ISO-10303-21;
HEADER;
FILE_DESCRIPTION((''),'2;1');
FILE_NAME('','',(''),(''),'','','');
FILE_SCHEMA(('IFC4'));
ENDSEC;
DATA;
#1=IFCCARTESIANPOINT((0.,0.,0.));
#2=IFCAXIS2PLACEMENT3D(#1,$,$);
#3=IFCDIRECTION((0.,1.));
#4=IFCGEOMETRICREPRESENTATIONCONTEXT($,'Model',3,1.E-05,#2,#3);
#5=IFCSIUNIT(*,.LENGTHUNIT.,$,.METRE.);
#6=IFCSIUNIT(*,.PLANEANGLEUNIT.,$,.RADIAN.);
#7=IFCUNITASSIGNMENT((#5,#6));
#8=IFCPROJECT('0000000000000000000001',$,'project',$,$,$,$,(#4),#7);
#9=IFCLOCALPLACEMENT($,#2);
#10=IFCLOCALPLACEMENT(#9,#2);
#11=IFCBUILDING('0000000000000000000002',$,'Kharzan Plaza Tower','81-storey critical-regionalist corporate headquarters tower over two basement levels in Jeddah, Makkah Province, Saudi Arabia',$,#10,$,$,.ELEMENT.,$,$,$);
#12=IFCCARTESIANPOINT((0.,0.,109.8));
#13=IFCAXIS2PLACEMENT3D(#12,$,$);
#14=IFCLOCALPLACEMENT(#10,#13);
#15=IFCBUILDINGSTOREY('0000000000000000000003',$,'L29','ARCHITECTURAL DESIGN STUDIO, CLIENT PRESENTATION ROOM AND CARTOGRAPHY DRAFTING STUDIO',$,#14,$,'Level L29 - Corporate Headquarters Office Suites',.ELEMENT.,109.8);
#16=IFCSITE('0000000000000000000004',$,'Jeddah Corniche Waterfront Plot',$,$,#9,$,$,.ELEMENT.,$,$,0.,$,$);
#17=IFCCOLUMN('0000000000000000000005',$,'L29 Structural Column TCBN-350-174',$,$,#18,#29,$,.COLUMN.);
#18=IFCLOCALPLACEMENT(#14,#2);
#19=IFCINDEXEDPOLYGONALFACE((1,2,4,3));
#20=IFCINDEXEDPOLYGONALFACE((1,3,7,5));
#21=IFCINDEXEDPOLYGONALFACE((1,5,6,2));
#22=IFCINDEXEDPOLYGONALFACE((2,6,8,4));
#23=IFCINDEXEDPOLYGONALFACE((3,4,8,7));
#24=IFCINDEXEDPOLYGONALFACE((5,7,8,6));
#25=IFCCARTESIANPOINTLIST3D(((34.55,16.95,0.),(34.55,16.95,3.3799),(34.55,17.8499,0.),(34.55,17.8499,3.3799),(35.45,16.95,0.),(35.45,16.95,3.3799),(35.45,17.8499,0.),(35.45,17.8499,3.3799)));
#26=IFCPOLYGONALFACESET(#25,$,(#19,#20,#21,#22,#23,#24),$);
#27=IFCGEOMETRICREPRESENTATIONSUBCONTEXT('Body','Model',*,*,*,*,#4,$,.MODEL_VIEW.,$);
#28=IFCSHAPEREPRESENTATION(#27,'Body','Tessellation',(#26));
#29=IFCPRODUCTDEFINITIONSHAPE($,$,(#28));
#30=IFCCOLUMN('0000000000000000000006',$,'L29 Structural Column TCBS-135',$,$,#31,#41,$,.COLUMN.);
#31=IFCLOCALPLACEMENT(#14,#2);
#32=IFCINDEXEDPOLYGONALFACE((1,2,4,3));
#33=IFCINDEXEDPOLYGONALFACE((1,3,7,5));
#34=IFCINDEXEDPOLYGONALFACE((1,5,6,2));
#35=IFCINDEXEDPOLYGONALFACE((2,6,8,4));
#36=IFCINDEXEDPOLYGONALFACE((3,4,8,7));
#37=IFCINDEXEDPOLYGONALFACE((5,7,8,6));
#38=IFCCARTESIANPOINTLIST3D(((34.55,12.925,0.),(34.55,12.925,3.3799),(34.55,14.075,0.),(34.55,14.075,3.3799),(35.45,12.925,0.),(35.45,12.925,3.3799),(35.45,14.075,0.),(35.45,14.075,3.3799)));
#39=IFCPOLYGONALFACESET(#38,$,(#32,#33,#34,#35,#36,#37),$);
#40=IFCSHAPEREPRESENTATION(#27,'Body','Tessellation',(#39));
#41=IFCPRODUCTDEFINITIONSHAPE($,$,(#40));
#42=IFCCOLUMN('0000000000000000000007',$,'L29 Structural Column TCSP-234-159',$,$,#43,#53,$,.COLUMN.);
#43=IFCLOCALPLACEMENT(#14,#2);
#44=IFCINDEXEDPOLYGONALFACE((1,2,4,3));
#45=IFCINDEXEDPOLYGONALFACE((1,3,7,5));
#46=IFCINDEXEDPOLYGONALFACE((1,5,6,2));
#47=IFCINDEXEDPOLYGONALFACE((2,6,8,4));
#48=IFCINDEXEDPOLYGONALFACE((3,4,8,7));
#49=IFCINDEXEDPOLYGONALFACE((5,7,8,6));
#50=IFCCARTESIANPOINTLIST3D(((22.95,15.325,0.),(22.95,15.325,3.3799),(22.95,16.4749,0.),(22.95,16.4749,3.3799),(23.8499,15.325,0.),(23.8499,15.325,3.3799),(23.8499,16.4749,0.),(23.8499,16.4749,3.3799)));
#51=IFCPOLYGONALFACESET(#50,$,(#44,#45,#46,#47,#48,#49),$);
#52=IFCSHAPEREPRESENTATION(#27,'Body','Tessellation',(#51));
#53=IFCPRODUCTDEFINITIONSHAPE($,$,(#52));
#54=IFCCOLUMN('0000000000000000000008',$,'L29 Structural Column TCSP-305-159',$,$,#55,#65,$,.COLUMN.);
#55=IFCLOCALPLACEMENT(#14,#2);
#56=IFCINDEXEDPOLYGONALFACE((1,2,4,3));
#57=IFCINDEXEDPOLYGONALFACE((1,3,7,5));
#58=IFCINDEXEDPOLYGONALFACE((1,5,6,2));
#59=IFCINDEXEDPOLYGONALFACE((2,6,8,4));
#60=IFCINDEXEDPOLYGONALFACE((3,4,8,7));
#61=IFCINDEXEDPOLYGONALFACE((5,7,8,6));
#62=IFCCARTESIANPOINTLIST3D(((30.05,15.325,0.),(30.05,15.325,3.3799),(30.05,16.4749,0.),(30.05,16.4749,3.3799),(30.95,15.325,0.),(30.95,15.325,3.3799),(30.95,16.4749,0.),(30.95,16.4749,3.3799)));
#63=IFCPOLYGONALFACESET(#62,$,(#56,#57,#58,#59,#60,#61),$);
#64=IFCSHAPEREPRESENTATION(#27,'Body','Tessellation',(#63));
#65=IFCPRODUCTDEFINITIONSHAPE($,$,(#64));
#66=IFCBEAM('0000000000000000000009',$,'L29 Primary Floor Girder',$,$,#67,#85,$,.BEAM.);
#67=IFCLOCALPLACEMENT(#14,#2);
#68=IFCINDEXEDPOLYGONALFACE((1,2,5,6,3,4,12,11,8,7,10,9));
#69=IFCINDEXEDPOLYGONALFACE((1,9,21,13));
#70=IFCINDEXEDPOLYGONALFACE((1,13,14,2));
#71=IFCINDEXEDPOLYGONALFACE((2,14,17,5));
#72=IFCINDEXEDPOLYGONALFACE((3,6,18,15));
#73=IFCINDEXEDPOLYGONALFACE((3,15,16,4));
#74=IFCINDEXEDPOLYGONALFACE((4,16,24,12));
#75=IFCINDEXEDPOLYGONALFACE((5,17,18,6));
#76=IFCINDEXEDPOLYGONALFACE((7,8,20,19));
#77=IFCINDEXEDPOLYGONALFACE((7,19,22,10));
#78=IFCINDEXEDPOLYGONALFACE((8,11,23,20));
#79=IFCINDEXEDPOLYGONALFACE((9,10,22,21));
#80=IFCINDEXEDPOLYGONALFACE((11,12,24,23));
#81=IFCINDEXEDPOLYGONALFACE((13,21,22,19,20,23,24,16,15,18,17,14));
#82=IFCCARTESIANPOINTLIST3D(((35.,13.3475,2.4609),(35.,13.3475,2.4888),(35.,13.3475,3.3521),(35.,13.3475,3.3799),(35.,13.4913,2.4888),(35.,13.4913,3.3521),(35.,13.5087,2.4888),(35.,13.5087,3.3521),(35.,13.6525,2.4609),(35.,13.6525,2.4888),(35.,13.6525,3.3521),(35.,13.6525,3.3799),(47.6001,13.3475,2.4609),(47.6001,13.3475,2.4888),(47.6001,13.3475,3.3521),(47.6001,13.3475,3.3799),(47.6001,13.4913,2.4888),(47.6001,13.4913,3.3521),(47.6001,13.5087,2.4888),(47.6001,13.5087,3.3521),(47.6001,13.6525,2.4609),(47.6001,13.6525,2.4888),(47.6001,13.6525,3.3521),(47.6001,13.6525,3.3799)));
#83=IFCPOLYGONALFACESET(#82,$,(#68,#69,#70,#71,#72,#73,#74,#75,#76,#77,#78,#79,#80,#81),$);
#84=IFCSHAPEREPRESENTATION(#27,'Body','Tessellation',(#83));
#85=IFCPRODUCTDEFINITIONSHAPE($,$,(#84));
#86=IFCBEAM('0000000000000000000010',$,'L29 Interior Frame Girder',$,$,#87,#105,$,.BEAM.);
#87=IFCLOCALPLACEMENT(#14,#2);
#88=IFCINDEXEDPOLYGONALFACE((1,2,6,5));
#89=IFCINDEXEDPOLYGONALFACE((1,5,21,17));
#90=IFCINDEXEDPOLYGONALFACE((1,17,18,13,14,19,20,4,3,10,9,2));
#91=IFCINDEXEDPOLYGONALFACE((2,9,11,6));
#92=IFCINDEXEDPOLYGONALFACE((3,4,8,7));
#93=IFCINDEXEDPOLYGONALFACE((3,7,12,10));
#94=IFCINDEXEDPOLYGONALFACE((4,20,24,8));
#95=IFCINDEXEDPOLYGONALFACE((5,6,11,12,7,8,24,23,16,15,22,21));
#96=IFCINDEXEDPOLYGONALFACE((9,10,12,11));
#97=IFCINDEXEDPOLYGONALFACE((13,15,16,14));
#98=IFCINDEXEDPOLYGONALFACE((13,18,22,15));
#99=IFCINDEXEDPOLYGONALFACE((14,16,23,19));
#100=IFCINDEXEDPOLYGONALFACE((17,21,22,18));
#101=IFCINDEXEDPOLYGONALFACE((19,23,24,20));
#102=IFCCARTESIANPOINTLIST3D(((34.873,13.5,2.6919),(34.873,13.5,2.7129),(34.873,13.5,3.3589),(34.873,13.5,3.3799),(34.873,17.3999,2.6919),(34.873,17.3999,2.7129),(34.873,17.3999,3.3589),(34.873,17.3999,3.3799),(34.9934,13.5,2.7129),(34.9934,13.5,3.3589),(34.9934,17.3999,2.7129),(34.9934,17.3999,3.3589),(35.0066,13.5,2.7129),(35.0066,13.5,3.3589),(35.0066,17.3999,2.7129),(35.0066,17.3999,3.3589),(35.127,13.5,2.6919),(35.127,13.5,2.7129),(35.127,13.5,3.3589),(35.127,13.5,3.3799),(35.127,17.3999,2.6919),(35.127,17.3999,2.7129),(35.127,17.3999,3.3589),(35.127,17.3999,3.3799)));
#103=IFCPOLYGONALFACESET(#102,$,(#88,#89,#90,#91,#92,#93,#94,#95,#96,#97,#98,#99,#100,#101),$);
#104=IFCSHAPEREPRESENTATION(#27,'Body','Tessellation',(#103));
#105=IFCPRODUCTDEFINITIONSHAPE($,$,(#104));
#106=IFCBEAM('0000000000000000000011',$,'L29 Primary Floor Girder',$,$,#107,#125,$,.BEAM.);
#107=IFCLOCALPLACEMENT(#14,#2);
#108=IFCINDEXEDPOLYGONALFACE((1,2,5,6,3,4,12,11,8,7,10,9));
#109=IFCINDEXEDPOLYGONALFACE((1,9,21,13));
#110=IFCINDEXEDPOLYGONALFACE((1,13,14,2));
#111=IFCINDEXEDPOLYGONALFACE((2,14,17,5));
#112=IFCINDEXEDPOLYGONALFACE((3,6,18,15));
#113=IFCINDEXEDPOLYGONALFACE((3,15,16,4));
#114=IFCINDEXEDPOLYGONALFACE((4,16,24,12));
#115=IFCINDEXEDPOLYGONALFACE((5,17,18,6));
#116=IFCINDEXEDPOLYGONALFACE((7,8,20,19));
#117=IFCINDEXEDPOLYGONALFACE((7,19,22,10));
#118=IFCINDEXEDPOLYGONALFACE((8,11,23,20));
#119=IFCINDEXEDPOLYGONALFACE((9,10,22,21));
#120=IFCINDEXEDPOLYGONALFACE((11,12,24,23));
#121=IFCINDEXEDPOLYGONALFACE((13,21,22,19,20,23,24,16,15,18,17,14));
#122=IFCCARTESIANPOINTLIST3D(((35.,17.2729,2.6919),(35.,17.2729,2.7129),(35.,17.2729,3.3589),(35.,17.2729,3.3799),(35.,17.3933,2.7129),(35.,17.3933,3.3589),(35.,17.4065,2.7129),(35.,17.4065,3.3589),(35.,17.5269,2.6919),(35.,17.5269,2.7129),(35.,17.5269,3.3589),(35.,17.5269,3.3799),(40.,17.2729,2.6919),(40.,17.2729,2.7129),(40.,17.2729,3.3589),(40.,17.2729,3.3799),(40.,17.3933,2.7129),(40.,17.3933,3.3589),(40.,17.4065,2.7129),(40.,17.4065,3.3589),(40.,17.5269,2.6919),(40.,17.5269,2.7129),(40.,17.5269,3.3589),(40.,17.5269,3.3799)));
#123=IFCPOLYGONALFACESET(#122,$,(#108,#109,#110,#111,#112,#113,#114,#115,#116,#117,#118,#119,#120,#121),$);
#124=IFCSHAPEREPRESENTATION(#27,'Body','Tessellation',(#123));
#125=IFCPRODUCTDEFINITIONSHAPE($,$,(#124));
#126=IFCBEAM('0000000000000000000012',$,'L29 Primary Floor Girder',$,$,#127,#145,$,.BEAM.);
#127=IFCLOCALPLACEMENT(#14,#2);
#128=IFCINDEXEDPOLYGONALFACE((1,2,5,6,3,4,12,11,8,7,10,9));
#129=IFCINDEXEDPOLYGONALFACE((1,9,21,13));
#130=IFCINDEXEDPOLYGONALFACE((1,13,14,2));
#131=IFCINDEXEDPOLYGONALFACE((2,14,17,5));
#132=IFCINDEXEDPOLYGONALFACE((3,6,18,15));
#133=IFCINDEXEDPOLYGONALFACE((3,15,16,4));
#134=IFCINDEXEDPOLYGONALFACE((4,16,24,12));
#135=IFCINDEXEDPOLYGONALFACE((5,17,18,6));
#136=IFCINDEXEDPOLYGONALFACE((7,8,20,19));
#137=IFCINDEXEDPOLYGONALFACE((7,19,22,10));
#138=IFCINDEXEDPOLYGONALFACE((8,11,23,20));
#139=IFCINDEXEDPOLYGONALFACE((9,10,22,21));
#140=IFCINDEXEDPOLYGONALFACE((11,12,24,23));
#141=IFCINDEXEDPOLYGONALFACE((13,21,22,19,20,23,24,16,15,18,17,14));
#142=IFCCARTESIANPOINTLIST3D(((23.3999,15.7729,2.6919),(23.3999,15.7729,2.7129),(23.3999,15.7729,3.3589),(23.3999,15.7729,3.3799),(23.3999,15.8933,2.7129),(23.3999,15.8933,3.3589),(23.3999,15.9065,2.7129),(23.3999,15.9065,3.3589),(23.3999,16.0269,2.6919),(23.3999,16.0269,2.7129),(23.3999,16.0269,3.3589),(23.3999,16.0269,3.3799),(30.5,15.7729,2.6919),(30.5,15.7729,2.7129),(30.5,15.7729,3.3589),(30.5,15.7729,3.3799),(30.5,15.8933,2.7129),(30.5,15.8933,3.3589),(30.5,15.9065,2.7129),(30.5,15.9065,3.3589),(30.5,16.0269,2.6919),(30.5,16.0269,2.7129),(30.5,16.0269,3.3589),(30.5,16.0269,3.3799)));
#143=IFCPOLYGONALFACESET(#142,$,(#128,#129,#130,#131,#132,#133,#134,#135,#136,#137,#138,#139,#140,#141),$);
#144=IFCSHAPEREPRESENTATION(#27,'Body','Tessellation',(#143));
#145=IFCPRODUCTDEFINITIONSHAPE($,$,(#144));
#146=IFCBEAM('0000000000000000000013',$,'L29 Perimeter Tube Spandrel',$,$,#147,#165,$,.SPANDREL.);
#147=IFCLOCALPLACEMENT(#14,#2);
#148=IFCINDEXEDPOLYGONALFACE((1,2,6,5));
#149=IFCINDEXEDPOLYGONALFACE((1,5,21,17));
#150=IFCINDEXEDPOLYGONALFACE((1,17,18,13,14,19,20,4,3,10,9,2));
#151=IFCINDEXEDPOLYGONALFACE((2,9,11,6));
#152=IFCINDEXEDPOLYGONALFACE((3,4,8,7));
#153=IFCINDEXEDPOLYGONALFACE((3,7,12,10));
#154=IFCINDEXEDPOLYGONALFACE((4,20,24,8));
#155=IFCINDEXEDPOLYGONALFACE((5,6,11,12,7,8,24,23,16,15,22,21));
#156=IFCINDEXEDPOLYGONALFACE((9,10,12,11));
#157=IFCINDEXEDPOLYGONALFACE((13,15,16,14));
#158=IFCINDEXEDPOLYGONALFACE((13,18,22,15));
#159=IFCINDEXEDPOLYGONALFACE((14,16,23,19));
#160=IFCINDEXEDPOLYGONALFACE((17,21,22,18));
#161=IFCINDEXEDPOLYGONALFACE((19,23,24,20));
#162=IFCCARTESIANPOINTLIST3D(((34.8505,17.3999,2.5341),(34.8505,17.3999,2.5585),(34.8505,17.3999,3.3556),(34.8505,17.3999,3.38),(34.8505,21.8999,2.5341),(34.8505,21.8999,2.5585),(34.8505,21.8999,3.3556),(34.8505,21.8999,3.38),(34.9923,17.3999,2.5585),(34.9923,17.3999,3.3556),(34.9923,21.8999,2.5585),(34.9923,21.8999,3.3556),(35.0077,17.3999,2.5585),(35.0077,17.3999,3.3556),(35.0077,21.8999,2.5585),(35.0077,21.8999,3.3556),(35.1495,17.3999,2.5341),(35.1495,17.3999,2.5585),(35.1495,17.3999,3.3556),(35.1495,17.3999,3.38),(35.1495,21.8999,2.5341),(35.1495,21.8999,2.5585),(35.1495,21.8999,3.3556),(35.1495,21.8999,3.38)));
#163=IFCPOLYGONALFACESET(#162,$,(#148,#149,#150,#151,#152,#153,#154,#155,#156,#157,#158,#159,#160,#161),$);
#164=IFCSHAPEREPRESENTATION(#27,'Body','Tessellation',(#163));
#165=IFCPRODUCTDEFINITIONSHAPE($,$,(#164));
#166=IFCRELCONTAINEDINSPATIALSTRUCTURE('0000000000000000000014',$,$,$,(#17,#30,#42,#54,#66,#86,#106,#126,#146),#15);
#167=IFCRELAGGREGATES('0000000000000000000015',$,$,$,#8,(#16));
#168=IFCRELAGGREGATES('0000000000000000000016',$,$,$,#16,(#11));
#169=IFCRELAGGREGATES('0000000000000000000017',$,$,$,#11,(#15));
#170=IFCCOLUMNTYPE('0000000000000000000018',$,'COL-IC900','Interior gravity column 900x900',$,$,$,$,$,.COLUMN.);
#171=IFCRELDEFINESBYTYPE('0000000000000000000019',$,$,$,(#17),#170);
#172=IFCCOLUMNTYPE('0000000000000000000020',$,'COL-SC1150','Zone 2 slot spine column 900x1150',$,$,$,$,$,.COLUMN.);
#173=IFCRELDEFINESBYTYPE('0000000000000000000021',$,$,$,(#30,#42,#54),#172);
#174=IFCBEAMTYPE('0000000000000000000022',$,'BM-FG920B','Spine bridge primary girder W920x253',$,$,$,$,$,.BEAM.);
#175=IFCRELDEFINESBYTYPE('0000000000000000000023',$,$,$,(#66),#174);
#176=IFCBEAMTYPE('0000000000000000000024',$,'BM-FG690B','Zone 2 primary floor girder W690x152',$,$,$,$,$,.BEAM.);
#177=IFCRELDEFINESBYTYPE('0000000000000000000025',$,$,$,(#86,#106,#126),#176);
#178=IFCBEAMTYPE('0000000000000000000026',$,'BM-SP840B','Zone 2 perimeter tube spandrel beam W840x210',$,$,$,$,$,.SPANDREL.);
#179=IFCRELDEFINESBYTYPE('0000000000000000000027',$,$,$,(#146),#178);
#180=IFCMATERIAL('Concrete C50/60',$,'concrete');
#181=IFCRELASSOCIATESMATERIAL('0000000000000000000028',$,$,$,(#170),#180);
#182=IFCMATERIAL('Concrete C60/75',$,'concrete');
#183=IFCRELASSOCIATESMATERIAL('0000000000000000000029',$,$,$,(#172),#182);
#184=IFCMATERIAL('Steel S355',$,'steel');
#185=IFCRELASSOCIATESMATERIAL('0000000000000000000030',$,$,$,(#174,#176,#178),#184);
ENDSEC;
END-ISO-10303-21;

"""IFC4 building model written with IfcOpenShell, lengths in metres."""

from ifc_helpers import new_model, si_unit, direction, frame, origin, origin_2d, place, context, subcontext, project, spatial, rectangle, i_section, extrude, source, transform, mapped, material, material_profile, profile_set, type_object, element, save


model = new_model("IFC4")

# Units and contexts
model_context = context("Model", 3, precision=1e-05, world=origin(), true_north=direction((0.0, 1.0)))
body_context = subcontext(model_context, "Body", "Model", "MODEL_VIEW")
ifc_project = project(units=[si_unit("LENGTHUNIT", "METRE"), si_unit("PLANEANGLEUNIT", "RADIAN")], contexts=[model_context])

# Site, building, storey
site_placement = place(None, origin())
site = spatial("IfcSite", under=ifc_project, at=site_placement, Name="Jeddah Corniche Waterfront Plot", CompositionType="ELEMENT", RefElevation=0.0)
building_placement = place(site_placement, origin())
building = spatial("IfcBuilding", under=site, at=building_placement, Name="Kharzan Plaza Tower", Description="81-storey critical-regionalist corporate headquarters tower over two basement levels in Jeddah, Makkah Province, Saudi Arabia", CompositionType="ELEMENT")
storey_placement = place(building_placement, frame((0.0, 0.0, 109.8)))
storey = spatial("IfcBuildingStorey", under=building, at=storey_placement, Name="L29", Description="ARCHITECTURAL DESIGN STUDIO, CLIENT PRESENTATION ROOM AND CARTOGRAPHY DRAFTING STUDIO", LongName="Level L29 - Corporate Headquarters Office Suites", CompositionType="ELEMENT", Elevation=109.8)

# Columns
ifc_material_1 = material(Name="Concrete C50/60", Category="concrete")
ifc_material_profile_1 = material_profile(ifc_material_1, rectangle(XDim=0.8999, YDim=0.8999, at=origin_2d()), Name="RC-IC900x900")
ifc_profile_set_1 = profile_set([ifc_material_profile_1], Name="Concrete C50/60")
column_type_1 = type_object("IfcColumnType", Name="COL-IC900", Description="Interior gravity column 900x900", PredefinedType="COLUMN", material=ifc_profile_set_1)
shared_shape_1 = source(origin(), body_context, "Body", "SweptSolid", [
    extrude(rectangle(XDim=0.8999, YDim=0.8999, at=origin_2d()), origin(), (0.0, 0.0, 1.0), 3.3799),
])
column_placement = place(storey_placement, frame((35.0, 17.3999, 0.0), z_axis=(0.0, 0.0, 1.0), x_axis=(1.0, 0.0, 0.0)))
element("IfcColumn", 1, at=column_placement, inside=storey, type_object=column_type_1, Name="L29 Structural Column TCBN-350-174", PredefinedType="COLUMN", context=body_context, shape_type="MappedRepresentation", body=[
    mapped(shared_shape_1, transform((0.0, 0.0, 0.0), x_axis=(1.0, 0.0, 0.0), y_axis=(0.0, 1.0, 0.0), z_axis=(0.0, 0.0, 1.0))),
])
ifc_material_2 = material(Name="Concrete C60/75", Category="concrete")
ifc_material_profile_2 = material_profile(ifc_material_2, rectangle(XDim=0.8999, YDim=1.1499, at=origin_2d()), Name="RC-SC1150x900")
ifc_profile_set_2 = profile_set([ifc_material_profile_2], Name="Concrete C60/75")
column_type_2 = type_object("IfcColumnType", Name="COL-SC1150", Description="Zone 2 slot spine column 900x1150", PredefinedType="COLUMN", material=ifc_profile_set_2)
shared_shape_2 = source(origin(), body_context, "Body", "SweptSolid", [
    extrude(rectangle(XDim=0.8999, YDim=1.1499, at=origin_2d()), origin(), (0.0, 0.0, 1.0), 3.3799),
])
for number, where, z_axis, x_axis, name in (
    (2, (35.0, 13.5, 0.0), (0.0, 0.0, 1.0), (1.0, 0.0, 0.0), "L29 Structural Column TCBS-135"),
    (3, (23.3999, 15.8999, 0.0), (0.0, 0.0, 1.0), (1.0, 0.0, 0.0), "L29 Structural Column TCSP-234-159"),
    (4, (30.5, 15.8999, 0.0), (0.0, 0.0, 1.0), (1.0, 0.0, 0.0), "L29 Structural Column TCSP-305-159"),
):
    element("IfcColumn", number, at=place(storey_placement, frame(where, z_axis=z_axis, x_axis=x_axis)), inside=storey, type_object=column_type_2, Name=name, PredefinedType="COLUMN", context=body_context, shape_type="MappedRepresentation", body=[
        mapped(shared_shape_2, transform((0.0, 0.0, 0.0), x_axis=(1.0, 0.0, 0.0), y_axis=(0.0, 1.0, 0.0), z_axis=(0.0, 0.0, 1.0))),
    ])

# Beams
ifc_material_3 = material(Name="Steel S355", Category="steel")
ifc_material_profile_3 = material_profile(ifc_material_3, i_section(OverallWidth=0.3049, OverallDepth=0.9189, WebThickness=0.0173, FlangeThickness=0.0278, at=origin_2d()), Name="W920x253")
ifc_profile_set_3 = profile_set([ifc_material_profile_3], Name="Steel S355")
beam_type_1 = type_object("IfcBeamType", Name="BM-FG920B", Description="Spine bridge primary girder W920x253", PredefinedType="BEAM", material=ifc_profile_set_3)
shared_shape_3 = source(origin(), body_context, "Body", "SweptSolid", [
    extrude(i_section(OverallWidth=0.3049, OverallDepth=0.9189, WebThickness=0.0173, FlangeThickness=0.0278, at=origin_2d()), origin(), (0.0, 0.0, 1.0), 12.6001),
])
beam_1_placement = place(storey_placement, frame((35.0, 13.5, 2.9204), z_axis=(1.0, 0.0, 0.0), x_axis=(0.0, 1.0, 0.0)))
element("IfcBeam", 5, at=beam_1_placement, inside=storey, type_object=beam_type_1, Name="L29 Primary Floor Girder", PredefinedType="BEAM", context=body_context, shape_type="MappedRepresentation", body=[
    mapped(shared_shape_3, transform((0.0, 0.0, 0.0), x_axis=(1.0, 0.0, 0.0), y_axis=(0.0, 1.0, 0.0), z_axis=(0.0, 0.0, 1.0))),
])
ifc_material_profile_4 = material_profile(ifc_material_3, i_section(OverallWidth=0.2539, OverallDepth=0.688, WebThickness=0.0132, FlangeThickness=0.021, at=origin_2d()), Name="W690x152")
ifc_profile_set_4 = profile_set([ifc_material_profile_4], Name="Steel S355")
beam_type_2 = type_object("IfcBeamType", Name="BM-FG690B", Description="Zone 2 primary floor girder W690x152", PredefinedType="BEAM", material=ifc_profile_set_4)
shared_shape_4 = source(origin(), body_context, "Body", "SweptSolid", [
    extrude(i_section(OverallWidth=0.2539, OverallDepth=0.688, WebThickness=0.0132, FlangeThickness=0.021, at=origin_2d()), origin(), (0.0, 0.0, 1.0), 3.8999),
])
beam_2_placement = place(storey_placement, frame((35.0, 13.5, 3.0359), z_axis=(0.0, 1.0, 0.0), x_axis=(-1.0, 0.0, 0.0)))
element("IfcBeam", 6, at=beam_2_placement, inside=storey, type_object=beam_type_2, Name="L29 Interior Frame Girder", PredefinedType="BEAM", context=body_context, shape_type="MappedRepresentation", body=[
    mapped(shared_shape_4, transform((0.0, 0.0, 0.0), x_axis=(1.0, 0.0, 0.0), y_axis=(0.0, 1.0, 0.0), z_axis=(0.0, 0.0, 1.0))),
])
shared_shape_5 = source(origin(), body_context, "Body", "SweptSolid", [
    extrude(i_section(OverallWidth=0.2539, OverallDepth=0.688, WebThickness=0.0132, FlangeThickness=0.021, at=origin_2d()), origin(), (0.0, 0.0, 1.0), 5.0),
])
beam_3_placement = place(storey_placement, frame((35.0, 17.3999, 3.0359), z_axis=(1.0, 0.0, 0.0), x_axis=(0.0, 1.0, 0.0)))
element("IfcBeam", 7, at=beam_3_placement, inside=storey, type_object=beam_type_2, Name="L29 Primary Floor Girder", PredefinedType="BEAM", context=body_context, shape_type="MappedRepresentation", body=[
    mapped(shared_shape_5, transform((0.0, 0.0, 0.0), x_axis=(1.0, 0.0, 0.0), y_axis=(0.0, 1.0, 0.0), z_axis=(0.0, 0.0, 1.0))),
])
shared_shape_6 = source(origin(), body_context, "Body", "SweptSolid", [
    extrude(i_section(OverallWidth=0.2539, OverallDepth=0.688, WebThickness=0.0132, FlangeThickness=0.021, at=origin_2d()), origin(), (0.0, 0.0, 1.0), 7.1001),
])
beam_4_placement = place(storey_placement, frame((23.3999, 15.8999, 3.0359), z_axis=(1.0, 0.0, 0.0), x_axis=(0.0, 1.0, 0.0)))
element("IfcBeam", 8, at=beam_4_placement, inside=storey, type_object=beam_type_2, Name="L29 Primary Floor Girder", PredefinedType="BEAM", context=body_context, shape_type="MappedRepresentation", body=[
    mapped(shared_shape_6, transform((0.0, 0.0, 0.0), x_axis=(1.0, 0.0, 0.0), y_axis=(0.0, 1.0, 0.0), z_axis=(0.0, 0.0, 1.0))),
])
ifc_material_profile_5 = material_profile(ifc_material_3, i_section(OverallWidth=0.2991, OverallDepth=0.8459, WebThickness=0.0154, FlangeThickness=0.0244, at=origin_2d()), Name="W840x210")
ifc_profile_set_5 = profile_set([ifc_material_profile_5], Name="Steel S355")
beam_type_3 = type_object("IfcBeamType", Name="BM-SP840B", Description="Zone 2 perimeter tube spandrel beam W840x210", PredefinedType="SPANDREL", material=ifc_profile_set_5)
shared_shape_7 = source(origin(), body_context, "Body", "SweptSolid", [
    extrude(i_section(OverallWidth=0.2991, OverallDepth=0.8459, WebThickness=0.0154, FlangeThickness=0.0244, at=origin_2d()), origin(), (0.0, 0.0, 1.0), 4.5),
])
beam_5_placement = place(storey_placement, frame((35.0, 17.3999, 2.957), z_axis=(0.0, 1.0, 0.0), x_axis=(-1.0, 0.0, 0.0)))
element("IfcBeam", 9, at=beam_5_placement, inside=storey, type_object=beam_type_3, Name="L29 Perimeter Tube Spandrel", PredefinedType="SPANDREL", context=body_context, shape_type="MappedRepresentation", body=[
    mapped(shared_shape_7, transform((0.0, 0.0, 0.0), x_axis=(1.0, 0.0, 0.0), y_axis=(0.0, 1.0, 0.0), z_axis=(0.0, 0.0, 1.0))),
])

save(model, "model.ifc")
